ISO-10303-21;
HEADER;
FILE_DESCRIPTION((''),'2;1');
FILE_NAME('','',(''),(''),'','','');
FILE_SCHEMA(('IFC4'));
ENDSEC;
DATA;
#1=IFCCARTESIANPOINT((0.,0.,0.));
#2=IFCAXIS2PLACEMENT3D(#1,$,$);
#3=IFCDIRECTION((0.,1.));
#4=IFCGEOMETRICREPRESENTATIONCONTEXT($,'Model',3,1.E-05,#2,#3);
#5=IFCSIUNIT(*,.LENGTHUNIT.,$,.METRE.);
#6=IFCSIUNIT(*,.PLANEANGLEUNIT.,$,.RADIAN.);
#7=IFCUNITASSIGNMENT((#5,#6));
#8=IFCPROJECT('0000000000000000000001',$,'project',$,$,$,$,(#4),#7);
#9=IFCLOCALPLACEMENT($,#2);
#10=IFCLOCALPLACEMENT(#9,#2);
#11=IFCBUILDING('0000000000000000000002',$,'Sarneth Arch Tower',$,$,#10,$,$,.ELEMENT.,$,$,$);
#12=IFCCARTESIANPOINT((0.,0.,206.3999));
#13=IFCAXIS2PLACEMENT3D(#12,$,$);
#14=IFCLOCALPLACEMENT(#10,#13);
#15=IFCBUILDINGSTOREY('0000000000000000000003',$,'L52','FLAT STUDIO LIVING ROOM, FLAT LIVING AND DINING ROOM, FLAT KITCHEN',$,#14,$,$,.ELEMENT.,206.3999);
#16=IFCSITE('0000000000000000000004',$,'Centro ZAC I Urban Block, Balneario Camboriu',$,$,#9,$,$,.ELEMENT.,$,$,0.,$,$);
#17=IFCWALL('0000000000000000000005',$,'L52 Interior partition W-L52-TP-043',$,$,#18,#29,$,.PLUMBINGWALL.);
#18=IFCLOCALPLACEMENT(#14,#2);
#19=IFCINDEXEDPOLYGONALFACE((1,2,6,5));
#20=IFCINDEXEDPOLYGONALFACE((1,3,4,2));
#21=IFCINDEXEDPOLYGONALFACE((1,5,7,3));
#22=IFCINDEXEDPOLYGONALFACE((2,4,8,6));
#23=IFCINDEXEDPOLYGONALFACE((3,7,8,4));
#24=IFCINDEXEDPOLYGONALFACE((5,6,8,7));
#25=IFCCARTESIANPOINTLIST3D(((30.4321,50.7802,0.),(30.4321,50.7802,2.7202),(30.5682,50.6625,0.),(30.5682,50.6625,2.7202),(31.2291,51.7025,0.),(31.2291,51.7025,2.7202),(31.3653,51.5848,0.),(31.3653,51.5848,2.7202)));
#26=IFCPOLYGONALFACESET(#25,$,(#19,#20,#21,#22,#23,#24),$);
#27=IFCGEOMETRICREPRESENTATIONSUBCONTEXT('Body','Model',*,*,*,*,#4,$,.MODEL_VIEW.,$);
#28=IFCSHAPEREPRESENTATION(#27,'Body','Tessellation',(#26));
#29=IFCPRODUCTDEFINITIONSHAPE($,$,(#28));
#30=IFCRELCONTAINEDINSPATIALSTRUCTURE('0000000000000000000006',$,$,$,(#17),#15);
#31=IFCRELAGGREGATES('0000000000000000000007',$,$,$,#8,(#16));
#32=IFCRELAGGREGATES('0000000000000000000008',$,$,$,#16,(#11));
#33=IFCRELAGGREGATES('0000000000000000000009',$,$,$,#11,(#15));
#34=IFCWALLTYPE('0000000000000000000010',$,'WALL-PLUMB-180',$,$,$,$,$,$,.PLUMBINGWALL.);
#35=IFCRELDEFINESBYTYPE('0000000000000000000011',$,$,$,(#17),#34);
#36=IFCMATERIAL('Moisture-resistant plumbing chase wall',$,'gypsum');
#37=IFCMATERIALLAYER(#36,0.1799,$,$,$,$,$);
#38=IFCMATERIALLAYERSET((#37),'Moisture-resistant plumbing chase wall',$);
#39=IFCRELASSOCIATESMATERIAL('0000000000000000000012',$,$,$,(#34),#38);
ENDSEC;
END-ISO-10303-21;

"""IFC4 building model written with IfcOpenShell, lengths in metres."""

from ifc_helpers import new_model, si_unit, direction, frame, frame_2d, origin, place, context, subcontext, project, spatial, rectangle, extrude, material, layer, layer_set, type_object, element, save


model = new_model("IFC4")

# Units and contexts
model_context = context("Model", 3, precision=1e-05, world=origin(), true_north=direction((0.0, 1.0)))
body_context = subcontext(model_context, "Body", "Model", "MODEL_VIEW")
ifc_project = project(units=[si_unit("LENGTHUNIT", "METRE"), si_unit("PLANEANGLEUNIT", "RADIAN")], contexts=[model_context])

# Site, building, storey
site_placement = place(None, origin())
site = spatial("IfcSite", under=ifc_project, at=site_placement, Name="Centro ZAC I Urban Block, Balneario Camboriu", CompositionType="ELEMENT", RefElevation=0.0)
building_placement = place(site_placement, origin())
building = spatial("IfcBuilding", under=site, at=building_placement, Name="Sarneth Arch Tower", CompositionType="ELEMENT")
storey_placement = place(building_placement, frame((0.0, 0.0, 206.3999)))
storey = spatial("IfcBuildingStorey", under=building, at=storey_placement, Name="L52", Description="FLAT STUDIO LIVING ROOM, FLAT LIVING AND DINING ROOM, FLAT KITCHEN", CompositionType="ELEMENT", Elevation=206.3999)

# Wall
ifc_material_1 = material(Name="Moisture-resistant plumbing chase wall", Category="gypsum")
ifc_layer_1 = layer(ifc_material_1, 0.1799)
ifc_layer_set_1 = layer_set([ifc_layer_1], Name="Moisture-resistant plumbing chase wall")
wall_type_1 = type_object("IfcWallType", Name="WALL-PLUMB-180", PredefinedType="PLUMBINGWALL", material=ifc_layer_set_1)
wall_1_placement = place(storey_placement, frame((31.2971, 51.6436, 0.0), z_axis=(0.0, 0.0, 1.0), x_axis=(-0.65387, -0.756607, 0.0)))
element("IfcWall", 1, at=wall_1_placement, inside=storey, type_object=wall_type_1, Name="L52 Interior partition W-L52-TP-043", PredefinedType="PLUMBINGWALL", context=body_context, shape_type="SweptSolid", body=[
    extrude(rectangle(XDim=1.219, YDim=0.1799, at=frame_2d((0.6094, 0.0))), origin(), (0.0, 0.0, 1.0), 2.7202),
])

save(model, "model.ifc")
